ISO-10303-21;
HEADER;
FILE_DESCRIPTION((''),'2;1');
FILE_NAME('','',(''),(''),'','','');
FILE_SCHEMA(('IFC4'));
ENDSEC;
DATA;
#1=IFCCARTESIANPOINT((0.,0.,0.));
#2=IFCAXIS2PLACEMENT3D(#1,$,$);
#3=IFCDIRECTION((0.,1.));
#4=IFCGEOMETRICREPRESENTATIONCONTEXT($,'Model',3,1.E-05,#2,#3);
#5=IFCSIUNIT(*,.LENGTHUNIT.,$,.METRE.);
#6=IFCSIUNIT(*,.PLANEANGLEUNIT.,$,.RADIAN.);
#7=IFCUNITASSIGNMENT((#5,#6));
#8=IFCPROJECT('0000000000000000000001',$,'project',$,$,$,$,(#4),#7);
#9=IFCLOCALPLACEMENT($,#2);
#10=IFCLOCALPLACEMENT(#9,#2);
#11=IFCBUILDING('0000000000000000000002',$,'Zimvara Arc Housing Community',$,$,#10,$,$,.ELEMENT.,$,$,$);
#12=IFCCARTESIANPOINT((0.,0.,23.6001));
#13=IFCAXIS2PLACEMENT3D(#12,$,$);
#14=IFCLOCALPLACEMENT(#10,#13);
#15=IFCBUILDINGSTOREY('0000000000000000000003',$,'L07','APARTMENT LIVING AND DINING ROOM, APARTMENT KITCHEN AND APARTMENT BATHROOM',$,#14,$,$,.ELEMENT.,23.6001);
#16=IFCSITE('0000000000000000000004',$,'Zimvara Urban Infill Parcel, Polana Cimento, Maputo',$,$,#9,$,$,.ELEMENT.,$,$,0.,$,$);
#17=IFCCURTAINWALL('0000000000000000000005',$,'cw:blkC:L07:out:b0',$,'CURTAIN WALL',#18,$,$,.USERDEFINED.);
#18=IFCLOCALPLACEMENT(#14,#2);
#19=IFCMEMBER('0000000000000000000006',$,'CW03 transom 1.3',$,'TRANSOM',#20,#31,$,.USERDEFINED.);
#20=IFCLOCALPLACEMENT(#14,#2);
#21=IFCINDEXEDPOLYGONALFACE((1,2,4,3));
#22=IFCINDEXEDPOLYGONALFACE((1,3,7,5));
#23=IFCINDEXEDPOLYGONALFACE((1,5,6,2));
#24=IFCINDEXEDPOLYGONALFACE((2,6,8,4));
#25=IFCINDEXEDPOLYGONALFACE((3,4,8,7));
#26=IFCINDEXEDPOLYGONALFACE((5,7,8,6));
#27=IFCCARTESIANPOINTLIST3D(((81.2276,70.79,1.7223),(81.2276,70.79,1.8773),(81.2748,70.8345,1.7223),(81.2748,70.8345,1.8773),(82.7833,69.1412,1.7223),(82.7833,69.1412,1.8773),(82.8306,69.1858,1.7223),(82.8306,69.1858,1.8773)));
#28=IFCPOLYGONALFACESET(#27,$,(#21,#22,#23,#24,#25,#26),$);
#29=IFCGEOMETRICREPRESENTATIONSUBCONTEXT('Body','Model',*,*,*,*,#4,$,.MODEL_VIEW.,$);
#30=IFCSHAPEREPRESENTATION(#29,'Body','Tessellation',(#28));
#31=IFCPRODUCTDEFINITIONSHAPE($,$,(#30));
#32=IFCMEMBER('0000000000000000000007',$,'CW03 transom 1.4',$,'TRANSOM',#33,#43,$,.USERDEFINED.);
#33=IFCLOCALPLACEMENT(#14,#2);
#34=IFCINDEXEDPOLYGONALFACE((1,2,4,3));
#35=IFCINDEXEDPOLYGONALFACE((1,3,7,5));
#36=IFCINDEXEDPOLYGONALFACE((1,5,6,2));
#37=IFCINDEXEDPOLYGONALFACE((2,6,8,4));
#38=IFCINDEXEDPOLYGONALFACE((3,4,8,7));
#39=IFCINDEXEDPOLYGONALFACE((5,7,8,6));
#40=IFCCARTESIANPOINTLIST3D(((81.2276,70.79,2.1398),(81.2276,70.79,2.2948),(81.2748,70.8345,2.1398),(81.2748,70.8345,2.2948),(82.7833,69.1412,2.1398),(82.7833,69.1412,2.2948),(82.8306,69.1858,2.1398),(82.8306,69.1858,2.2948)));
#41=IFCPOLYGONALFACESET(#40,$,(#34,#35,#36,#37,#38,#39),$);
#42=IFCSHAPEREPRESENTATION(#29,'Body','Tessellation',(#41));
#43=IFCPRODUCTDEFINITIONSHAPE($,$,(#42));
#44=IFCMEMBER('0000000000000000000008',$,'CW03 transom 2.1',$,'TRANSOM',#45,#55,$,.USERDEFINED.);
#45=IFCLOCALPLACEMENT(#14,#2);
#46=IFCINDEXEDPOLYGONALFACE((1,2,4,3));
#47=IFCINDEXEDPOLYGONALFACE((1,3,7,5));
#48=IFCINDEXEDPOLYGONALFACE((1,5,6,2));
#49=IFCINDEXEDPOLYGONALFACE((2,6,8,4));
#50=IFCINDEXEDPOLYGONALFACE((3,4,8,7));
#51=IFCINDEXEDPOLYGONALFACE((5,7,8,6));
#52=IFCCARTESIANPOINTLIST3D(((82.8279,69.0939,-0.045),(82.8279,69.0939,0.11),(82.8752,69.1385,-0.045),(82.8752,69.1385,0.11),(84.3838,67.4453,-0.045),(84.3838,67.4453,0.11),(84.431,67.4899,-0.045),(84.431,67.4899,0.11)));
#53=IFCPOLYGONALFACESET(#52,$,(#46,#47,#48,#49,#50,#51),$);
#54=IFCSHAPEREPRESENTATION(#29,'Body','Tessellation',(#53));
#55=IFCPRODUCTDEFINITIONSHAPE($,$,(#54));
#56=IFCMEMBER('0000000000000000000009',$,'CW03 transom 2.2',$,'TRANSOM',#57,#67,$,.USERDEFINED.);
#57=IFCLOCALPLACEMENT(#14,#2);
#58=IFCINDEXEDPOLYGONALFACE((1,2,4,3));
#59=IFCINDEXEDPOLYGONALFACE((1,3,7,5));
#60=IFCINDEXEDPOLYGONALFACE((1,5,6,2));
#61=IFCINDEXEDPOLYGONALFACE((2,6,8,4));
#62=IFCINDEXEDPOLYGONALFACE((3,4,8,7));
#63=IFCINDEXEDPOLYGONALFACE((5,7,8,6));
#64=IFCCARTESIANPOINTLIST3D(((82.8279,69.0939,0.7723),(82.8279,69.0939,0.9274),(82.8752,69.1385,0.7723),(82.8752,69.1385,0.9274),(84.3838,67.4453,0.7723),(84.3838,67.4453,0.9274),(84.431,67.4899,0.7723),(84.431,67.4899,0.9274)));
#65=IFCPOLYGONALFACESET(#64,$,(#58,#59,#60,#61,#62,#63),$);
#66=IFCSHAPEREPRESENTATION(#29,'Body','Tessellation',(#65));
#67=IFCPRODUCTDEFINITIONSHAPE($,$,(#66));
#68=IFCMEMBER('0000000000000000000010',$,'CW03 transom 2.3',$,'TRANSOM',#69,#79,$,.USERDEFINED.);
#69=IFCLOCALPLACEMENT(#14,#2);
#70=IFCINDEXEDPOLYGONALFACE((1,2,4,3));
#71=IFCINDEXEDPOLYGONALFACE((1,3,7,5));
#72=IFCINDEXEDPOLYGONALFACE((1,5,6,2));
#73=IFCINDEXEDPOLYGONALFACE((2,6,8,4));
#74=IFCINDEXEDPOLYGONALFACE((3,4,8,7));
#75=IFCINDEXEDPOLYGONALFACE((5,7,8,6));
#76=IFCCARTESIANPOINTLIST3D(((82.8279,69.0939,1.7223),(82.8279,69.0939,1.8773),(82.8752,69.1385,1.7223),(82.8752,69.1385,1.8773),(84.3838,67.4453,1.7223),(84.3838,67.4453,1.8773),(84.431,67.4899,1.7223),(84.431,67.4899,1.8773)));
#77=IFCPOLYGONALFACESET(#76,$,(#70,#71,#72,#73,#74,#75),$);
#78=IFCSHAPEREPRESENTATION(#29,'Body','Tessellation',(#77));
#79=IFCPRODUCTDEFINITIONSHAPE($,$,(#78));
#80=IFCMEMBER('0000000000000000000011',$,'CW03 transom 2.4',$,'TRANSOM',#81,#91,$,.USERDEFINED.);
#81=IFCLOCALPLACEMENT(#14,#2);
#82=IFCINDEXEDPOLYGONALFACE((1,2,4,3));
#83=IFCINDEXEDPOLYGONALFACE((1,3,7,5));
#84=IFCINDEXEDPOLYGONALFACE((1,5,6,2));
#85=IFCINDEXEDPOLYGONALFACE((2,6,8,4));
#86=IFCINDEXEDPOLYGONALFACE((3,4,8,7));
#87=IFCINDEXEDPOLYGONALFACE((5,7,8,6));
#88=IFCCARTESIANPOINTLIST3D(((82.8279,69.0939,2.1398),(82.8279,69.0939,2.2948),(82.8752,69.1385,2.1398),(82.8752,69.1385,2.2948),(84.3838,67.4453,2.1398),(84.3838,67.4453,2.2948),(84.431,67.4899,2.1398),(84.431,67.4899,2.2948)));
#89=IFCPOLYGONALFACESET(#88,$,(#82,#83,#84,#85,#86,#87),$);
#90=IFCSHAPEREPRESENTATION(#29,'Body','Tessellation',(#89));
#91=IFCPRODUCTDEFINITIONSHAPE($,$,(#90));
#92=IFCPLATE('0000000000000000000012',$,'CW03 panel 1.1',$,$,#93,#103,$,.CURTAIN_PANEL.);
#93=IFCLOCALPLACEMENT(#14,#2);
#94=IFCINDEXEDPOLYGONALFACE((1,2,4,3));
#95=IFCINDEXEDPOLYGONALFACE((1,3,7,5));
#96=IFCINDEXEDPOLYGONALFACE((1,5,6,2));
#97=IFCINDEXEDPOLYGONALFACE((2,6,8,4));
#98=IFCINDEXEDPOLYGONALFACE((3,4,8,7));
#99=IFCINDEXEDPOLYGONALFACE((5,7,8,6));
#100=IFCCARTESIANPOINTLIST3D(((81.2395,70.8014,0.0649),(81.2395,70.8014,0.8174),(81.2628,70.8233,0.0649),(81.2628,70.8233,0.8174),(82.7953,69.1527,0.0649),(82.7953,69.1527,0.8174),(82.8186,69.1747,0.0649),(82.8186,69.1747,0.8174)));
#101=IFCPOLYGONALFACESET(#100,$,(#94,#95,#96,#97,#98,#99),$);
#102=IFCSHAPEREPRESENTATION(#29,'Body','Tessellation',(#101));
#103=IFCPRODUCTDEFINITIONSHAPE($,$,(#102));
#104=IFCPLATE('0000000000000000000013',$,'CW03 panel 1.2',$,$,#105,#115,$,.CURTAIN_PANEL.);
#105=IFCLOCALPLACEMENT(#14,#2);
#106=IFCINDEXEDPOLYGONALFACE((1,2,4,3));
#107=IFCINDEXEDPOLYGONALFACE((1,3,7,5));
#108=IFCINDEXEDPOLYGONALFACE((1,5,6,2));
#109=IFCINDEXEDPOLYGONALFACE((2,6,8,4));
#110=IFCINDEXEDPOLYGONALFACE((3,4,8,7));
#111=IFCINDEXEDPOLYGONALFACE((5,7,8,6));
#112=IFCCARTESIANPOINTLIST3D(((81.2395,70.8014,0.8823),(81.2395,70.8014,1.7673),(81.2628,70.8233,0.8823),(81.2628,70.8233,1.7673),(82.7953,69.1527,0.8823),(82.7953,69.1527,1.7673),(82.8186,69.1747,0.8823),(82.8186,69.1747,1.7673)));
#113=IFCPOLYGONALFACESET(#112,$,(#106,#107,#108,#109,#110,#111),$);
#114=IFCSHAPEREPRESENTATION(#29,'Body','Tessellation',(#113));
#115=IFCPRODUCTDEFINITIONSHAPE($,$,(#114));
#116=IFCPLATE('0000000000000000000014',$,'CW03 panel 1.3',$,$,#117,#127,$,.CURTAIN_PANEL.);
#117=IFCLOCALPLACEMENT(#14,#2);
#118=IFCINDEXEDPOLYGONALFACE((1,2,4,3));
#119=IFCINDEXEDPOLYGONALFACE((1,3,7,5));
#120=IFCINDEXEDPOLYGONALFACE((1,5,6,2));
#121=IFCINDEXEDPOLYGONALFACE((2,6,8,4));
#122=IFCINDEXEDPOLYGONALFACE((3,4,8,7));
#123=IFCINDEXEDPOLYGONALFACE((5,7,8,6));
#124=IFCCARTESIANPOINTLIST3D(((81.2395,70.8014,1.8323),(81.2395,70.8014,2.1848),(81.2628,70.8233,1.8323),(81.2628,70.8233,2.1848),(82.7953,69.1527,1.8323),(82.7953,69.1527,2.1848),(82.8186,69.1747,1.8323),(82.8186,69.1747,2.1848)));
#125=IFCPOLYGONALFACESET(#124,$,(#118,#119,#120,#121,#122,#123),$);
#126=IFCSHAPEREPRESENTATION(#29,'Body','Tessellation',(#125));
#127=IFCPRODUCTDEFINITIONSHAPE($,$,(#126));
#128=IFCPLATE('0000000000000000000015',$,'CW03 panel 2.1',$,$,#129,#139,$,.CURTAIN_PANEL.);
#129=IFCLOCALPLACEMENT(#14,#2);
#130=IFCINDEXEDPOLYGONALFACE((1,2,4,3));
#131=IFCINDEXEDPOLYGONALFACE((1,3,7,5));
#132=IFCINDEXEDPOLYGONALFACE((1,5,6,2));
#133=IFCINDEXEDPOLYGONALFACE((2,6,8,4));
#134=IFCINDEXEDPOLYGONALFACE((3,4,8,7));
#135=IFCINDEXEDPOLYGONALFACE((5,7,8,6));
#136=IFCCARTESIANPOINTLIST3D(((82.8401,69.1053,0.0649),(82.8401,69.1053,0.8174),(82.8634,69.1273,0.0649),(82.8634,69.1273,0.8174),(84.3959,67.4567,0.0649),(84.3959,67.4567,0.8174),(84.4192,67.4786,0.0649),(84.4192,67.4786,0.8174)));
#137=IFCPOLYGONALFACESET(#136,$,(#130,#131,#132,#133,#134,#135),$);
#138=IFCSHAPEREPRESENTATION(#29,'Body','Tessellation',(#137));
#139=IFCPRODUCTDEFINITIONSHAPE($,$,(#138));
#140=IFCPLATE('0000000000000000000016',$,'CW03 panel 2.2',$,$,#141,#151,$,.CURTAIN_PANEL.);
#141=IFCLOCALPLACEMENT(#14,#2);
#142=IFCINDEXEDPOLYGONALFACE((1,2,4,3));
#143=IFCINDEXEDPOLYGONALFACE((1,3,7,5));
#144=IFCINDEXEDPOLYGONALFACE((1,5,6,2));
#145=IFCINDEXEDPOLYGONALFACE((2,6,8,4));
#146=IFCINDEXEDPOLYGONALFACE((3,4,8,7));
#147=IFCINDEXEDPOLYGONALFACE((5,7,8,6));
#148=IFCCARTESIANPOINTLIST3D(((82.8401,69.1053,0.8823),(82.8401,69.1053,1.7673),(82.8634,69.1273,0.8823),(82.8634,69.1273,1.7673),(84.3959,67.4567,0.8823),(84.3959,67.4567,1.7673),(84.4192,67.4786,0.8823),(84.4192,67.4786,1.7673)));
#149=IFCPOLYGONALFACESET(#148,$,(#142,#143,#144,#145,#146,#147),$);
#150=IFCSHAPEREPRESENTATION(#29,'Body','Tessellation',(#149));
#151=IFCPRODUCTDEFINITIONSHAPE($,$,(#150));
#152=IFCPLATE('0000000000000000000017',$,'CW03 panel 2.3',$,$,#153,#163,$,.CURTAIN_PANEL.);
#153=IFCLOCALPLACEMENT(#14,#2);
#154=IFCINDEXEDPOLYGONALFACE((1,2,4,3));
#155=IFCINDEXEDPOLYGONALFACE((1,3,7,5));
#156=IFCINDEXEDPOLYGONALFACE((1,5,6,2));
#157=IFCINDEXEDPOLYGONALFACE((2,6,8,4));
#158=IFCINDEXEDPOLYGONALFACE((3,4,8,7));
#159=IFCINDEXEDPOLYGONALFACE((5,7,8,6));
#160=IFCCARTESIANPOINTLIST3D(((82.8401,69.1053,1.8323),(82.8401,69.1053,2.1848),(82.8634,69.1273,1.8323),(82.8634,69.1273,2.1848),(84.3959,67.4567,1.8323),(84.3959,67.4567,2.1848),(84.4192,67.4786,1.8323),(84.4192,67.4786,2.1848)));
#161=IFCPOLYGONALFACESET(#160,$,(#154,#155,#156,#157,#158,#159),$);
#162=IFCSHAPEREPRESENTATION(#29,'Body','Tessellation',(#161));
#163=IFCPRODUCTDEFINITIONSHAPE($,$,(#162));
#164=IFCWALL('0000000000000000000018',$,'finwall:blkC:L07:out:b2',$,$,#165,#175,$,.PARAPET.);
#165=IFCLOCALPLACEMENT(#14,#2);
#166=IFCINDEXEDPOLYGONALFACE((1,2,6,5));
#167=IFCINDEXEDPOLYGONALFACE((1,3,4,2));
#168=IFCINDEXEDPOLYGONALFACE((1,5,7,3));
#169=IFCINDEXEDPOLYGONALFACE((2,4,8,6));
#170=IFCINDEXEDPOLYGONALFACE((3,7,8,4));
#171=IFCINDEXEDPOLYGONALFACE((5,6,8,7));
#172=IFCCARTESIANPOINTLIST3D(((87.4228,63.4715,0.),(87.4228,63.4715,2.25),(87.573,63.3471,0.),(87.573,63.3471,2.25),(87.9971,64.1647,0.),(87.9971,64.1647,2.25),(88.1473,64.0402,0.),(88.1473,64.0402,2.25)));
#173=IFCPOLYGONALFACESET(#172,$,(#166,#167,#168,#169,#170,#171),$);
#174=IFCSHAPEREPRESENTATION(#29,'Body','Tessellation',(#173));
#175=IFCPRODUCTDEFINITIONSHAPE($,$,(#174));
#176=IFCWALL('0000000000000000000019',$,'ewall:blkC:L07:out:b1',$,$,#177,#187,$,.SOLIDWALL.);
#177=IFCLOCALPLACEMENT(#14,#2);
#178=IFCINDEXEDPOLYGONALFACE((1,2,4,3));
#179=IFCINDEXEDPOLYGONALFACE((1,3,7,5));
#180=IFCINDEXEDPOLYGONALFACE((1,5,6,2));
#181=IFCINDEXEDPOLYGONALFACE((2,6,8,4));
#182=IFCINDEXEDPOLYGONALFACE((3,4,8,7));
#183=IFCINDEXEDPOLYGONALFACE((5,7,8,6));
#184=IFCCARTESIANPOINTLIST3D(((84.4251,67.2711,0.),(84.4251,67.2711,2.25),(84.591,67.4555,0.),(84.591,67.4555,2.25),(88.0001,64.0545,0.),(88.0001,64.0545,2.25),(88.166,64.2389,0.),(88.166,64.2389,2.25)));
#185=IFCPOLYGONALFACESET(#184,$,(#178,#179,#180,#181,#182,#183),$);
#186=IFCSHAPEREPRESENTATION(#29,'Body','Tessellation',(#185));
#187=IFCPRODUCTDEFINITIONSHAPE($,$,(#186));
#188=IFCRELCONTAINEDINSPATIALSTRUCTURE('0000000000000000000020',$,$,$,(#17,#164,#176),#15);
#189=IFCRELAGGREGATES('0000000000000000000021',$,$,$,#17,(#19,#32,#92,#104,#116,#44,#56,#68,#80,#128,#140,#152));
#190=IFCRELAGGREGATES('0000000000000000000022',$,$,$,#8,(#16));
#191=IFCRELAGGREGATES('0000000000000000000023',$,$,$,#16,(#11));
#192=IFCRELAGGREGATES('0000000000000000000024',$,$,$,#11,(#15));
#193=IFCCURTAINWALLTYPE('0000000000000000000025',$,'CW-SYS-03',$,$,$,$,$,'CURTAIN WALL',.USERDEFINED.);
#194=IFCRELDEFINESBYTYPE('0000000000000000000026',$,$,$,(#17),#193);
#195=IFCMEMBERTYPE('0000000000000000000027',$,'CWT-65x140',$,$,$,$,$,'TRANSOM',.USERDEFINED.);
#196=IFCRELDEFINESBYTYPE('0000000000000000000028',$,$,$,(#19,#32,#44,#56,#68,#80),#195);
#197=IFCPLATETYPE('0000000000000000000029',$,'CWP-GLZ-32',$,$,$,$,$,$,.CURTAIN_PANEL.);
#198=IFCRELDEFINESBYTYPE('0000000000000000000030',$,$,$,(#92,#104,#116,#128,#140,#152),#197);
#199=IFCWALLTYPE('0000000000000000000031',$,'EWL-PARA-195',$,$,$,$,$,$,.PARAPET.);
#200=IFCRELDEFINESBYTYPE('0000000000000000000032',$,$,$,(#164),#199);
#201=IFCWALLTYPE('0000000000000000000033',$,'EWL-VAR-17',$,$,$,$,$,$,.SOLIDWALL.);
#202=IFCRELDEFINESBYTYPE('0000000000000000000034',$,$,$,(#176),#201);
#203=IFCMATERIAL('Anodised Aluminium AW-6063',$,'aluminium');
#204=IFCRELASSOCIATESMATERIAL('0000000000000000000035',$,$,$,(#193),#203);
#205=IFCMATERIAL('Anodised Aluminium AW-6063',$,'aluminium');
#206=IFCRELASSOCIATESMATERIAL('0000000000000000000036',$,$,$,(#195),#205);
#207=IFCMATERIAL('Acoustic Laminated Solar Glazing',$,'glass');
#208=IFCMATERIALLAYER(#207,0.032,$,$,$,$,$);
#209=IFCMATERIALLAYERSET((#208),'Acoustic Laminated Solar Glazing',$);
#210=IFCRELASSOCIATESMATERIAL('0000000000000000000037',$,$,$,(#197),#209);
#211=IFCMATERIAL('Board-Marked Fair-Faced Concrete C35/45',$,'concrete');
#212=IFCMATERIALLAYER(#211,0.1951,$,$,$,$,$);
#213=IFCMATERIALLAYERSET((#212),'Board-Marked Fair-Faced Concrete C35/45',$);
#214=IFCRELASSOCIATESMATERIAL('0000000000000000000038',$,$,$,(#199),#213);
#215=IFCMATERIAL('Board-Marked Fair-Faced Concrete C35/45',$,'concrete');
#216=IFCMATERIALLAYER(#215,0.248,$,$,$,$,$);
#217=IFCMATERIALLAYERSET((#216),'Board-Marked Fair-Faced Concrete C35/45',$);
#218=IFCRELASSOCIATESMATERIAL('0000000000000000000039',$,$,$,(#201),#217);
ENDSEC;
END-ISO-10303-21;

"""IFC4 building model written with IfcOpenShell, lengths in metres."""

from ifc_helpers import new_model, si_unit, direction, frame, frame_2d, origin, origin_2d, place, context, subcontext, project, spatial, rectangle, extrude, material, layer, layer_set, material_profile, profile_set, type_object, element, aggregate, save


model = new_model("IFC4")

# Units and contexts
model_context = context("Model", 3, precision=1e-05, world=origin(), true_north=direction((0.0, 1.0)))
body_context = subcontext(model_context, "Body", "Model", "MODEL_VIEW")
ifc_project = project(units=[si_unit("LENGTHUNIT", "METRE"), si_unit("PLANEANGLEUNIT", "RADIAN")], contexts=[model_context])

# Site, building, storey
site_placement = place(None, origin())
site = spatial("IfcSite", under=ifc_project, at=site_placement, Name="Zimvara Urban Infill Parcel, Polana Cimento, Maputo", CompositionType="ELEMENT", RefElevation=0.0)
building_placement = place(site_placement, origin())
building = spatial("IfcBuilding", under=site, at=building_placement, Name="Zimvara Arc Housing Community", CompositionType="ELEMENT")
storey_placement = place(building_placement, frame((0.0, 0.0, 23.6001)))
storey = spatial("IfcBuildingStorey", under=building, at=storey_placement, Name="L07", Description="APARTMENT LIVING AND DINING ROOM, APARTMENT KITCHEN AND APARTMENT BATHROOM", CompositionType="ELEMENT", Elevation=23.6001)

# Curtain wall, members, plates
ifc_material_1 = material(Name="Anodised Aluminium AW-6063", Category="aluminium")
curtain_wall_type_1 = type_object("IfcCurtainWallType", Name="CW-SYS-03", ElementType="CURTAIN WALL", PredefinedType="USERDEFINED", material=ifc_material_1)
curtain_wall_1_placement = place(storey_placement, origin())
curtain_wall_1 = element("IfcCurtainWall", 1, at=curtain_wall_1_placement, inside=storey, type_object=curtain_wall_type_1, Name="cw:blkC:L07:out:b0", ObjectType="CURTAIN WALL", PredefinedType="USERDEFINED")
ifc_material_2 = material(Name="Anodised Aluminium AW-6063", Category="aluminium")
ifc_material_profile_1 = material_profile(ifc_material_2, rectangle(XDim=0.0649, YDim=0.155, at=origin_2d()), Name="ALU 65x155")
ifc_profile_set_1 = profile_set([ifc_material_profile_1], Name="Anodised Aluminium AW-6063")
member_type_1 = type_object("IfcMemberType", Name="CWT-65x140", ElementType="TRANSOM", PredefinedType="USERDEFINED", material=ifc_profile_set_1)
member_1_placement = place(storey_placement, frame((81.2512, 70.8123, 1.7998), z_axis=(0.686291, -0.727327, 0.0), x_axis=(0.727327, 0.686291, 0.0)))
member_1 = element("IfcMember", 2, at=member_1_placement, type_object=member_type_1, Name="CW03 transom 1.3", ObjectType="TRANSOM", PredefinedType="USERDEFINED", context=body_context, shape_type="SweptSolid", body=[
    extrude(rectangle(XDim=0.0649, YDim=0.155, at=origin_2d()), origin(), (0.0, 0.0, 1.0), 2.2668),
])
member_2_placement = place(storey_placement, frame((81.2512, 70.8123, 2.2173), z_axis=(0.686291, -0.727327, 0.0), x_axis=(0.727327, 0.686291, 0.0)))
member_2 = element("IfcMember", 3, at=member_2_placement, type_object=member_type_1, Name="CW03 transom 1.4", ObjectType="TRANSOM", PredefinedType="USERDEFINED", context=body_context, shape_type="SweptSolid", body=[
    extrude(rectangle(XDim=0.0649, YDim=0.155, at=origin_2d()), origin(), (0.0, 0.0, 1.0), 2.2668),
])
member_3_placement = place(storey_placement, frame((82.8516, 69.1162, 0.0325), z_axis=(0.686348, -0.727273, 0.0), x_axis=(0.727273, 0.686348, 0.0)))
member_3 = element("IfcMember", 4, at=member_3_placement, type_object=member_type_1, Name="CW03 transom 2.1", ObjectType="TRANSOM", PredefinedType="USERDEFINED", context=body_context, shape_type="SweptSolid", body=[
    extrude(rectangle(XDim=0.0649, YDim=0.155, at=origin_2d()), origin(), (0.0, 0.0, 1.0), 2.2668),
])
member_4_placement = place(storey_placement, frame((82.8516, 69.1162, 0.8499), z_axis=(0.686348, -0.727273, 0.0), x_axis=(0.727273, 0.686348, 0.0)))
member_4 = element("IfcMember", 5, at=member_4_placement, type_object=member_type_1, Name="CW03 transom 2.2", ObjectType="TRANSOM", PredefinedType="USERDEFINED", context=body_context, shape_type="SweptSolid", body=[
    extrude(rectangle(XDim=0.0649, YDim=0.155, at=origin_2d()), origin(), (0.0, 0.0, 1.0), 2.2668),
])
member_5_placement = place(storey_placement, frame((82.8516, 69.1162, 1.7998), z_axis=(0.686348, -0.727273, 0.0), x_axis=(0.727273, 0.686348, 0.0)))
member_5 = element("IfcMember", 6, at=member_5_placement, type_object=member_type_1, Name="CW03 transom 2.3", ObjectType="TRANSOM", PredefinedType="USERDEFINED", context=body_context, shape_type="SweptSolid", body=[
    extrude(rectangle(XDim=0.0649, YDim=0.155, at=origin_2d()), origin(), (0.0, 0.0, 1.0), 2.2668),
])
member_6_placement = place(storey_placement, frame((82.8516, 69.1162, 2.2173), z_axis=(0.686348, -0.727273, 0.0), x_axis=(0.727273, 0.686348, 0.0)))
member_6 = element("IfcMember", 7, at=member_6_placement, type_object=member_type_1, Name="CW03 transom 2.4", ObjectType="TRANSOM", PredefinedType="USERDEFINED", context=body_context, shape_type="SweptSolid", body=[
    extrude(rectangle(XDim=0.0649, YDim=0.155, at=origin_2d()), origin(), (0.0, 0.0, 1.0), 2.2668),
])
ifc_material_3 = material(Name="Acoustic Laminated Solar Glazing", Category="glass")
ifc_layer_1 = layer(ifc_material_3, 0.032)
ifc_layer_set_1 = layer_set([ifc_layer_1], Name="Acoustic Laminated Solar Glazing")
plate_type = type_object("IfcPlateType", Name="CWP-GLZ-32", PredefinedType="CURTAIN_PANEL", material=ifc_layer_set_1)
plate_1_placement = place(storey_placement, frame((82.0291, 69.988, 0.0649), z_axis=(0.0, 0.0, 1.0), x_axis=(0.686326, -0.727294, 0.0)))
plate_1 = element("IfcPlate", 8, at=plate_1_placement, type_object=plate_type, Name="CW03 panel 1.1", PredefinedType="CURTAIN_PANEL", context=body_context, shape_type="SweptSolid", body=[
    extrude(rectangle(XDim=2.2668, YDim=0.032, at=origin_2d()), origin(), (0.0, 0.0, 1.0), 0.7524),
])
plate_2_placement = place(storey_placement, frame((82.0291, 69.988, 0.8823), z_axis=(0.0, 0.0, 1.0), x_axis=(0.686326, -0.727294, 0.0)))
plate_2 = element("IfcPlate", 9, at=plate_2_placement, type_object=plate_type, Name="CW03 panel 1.2", PredefinedType="CURTAIN_PANEL", context=body_context, shape_type="SweptSolid", body=[
    extrude(rectangle(XDim=2.2668, YDim=0.032, at=origin_2d()), origin(), (0.0, 0.0, 1.0), 0.885),
])
plate_3_placement = place(storey_placement, frame((82.0291, 69.988, 1.8323), z_axis=(0.0, 0.0, 1.0), x_axis=(0.686326, -0.727294, 0.0)))
plate_3 = element("IfcPlate", 10, at=plate_3_placement, type_object=plate_type, Name="CW03 panel 1.3", PredefinedType="CURTAIN_PANEL", context=body_context, shape_type="SweptSolid", body=[
    extrude(rectangle(XDim=2.2668, YDim=0.032, at=origin_2d()), origin(), (0.0, 0.0, 1.0), 0.3525),
])
plate_4_placement = place(storey_placement, frame((83.6296, 68.292, 0.0649), z_axis=(0.0, 0.0, 1.0), x_axis=(0.686326, -0.727294, 0.0)))
plate_4 = element("IfcPlate", 11, at=plate_4_placement, type_object=plate_type, Name="CW03 panel 2.1", PredefinedType="CURTAIN_PANEL", context=body_context, shape_type="SweptSolid", body=[
    extrude(rectangle(XDim=2.2668, YDim=0.032, at=origin_2d()), origin(), (0.0, 0.0, 1.0), 0.7524),
])
plate_5_placement = place(storey_placement, frame((83.6296, 68.292, 0.8823), z_axis=(0.0, 0.0, 1.0), x_axis=(0.686326, -0.727294, 0.0)))
plate_5 = element("IfcPlate", 12, at=plate_5_placement, type_object=plate_type, Name="CW03 panel 2.2", PredefinedType="CURTAIN_PANEL", context=body_context, shape_type="SweptSolid", body=[
    extrude(rectangle(XDim=2.2668, YDim=0.032, at=origin_2d()), origin(), (0.0, 0.0, 1.0), 0.885),
])
plate_6_placement = place(storey_placement, frame((83.6296, 68.292, 1.8323), z_axis=(0.0, 0.0, 1.0), x_axis=(0.686326, -0.727294, 0.0)))
plate_6 = element("IfcPlate", 13, at=plate_6_placement, type_object=plate_type, Name="CW03 panel 2.3", PredefinedType="CURTAIN_PANEL", context=body_context, shape_type="SweptSolid", body=[
    extrude(rectangle(XDim=2.2668, YDim=0.032, at=origin_2d()), origin(), (0.0, 0.0, 1.0), 0.3525),
])
aggregate(curtain_wall_1, [member_1, member_2, plate_1, plate_2, plate_3, member_3, member_4, member_5, member_6, plate_4, plate_5, plate_6])

# Walls
ifc_material_4 = material(Name="Board-Marked Fair-Faced Concrete C35/45", Category="concrete")
ifc_layer_2 = layer(ifc_material_4, 0.1951)
ifc_layer_set_2 = layer_set([ifc_layer_2], Name="Board-Marked Fair-Faced Concrete C35/45")
wall_type_1 = type_object("IfcWallType", Name="EWL-PARA-195", PredefinedType="PARAPET", material=ifc_layer_set_2)
wall_1_placement = place(storey_placement, frame((88.0723, 64.1025, 0.0), z_axis=(0.0, 0.0, 1.0), x_axis=(-0.637967, -0.770063, 0.0)))
element("IfcWall", 14, at=wall_1_placement, inside=storey, type_object=wall_type_1, Name="finwall:blkC:L07:out:b2", PredefinedType="PARAPET", context=body_context, shape_type="SweptSolid", body=[
    extrude(rectangle(XDim=0.9001, YDim=0.1951, at=frame_2d((0.4502, 0.0))), origin(), (0.0, 0.0, 1.0), 2.25),
])
ifc_material_5 = material(Name="Board-Marked Fair-Faced Concrete C35/45", Category="concrete")
ifc_layer_3 = layer(ifc_material_5, 0.248)
ifc_layer_set_3 = layer_set([ifc_layer_3], Name="Board-Marked Fair-Faced Concrete C35/45")
wall_type_2 = type_object("IfcWallType", Name="EWL-VAR-17", PredefinedType="SOLIDWALL", material=ifc_layer_set_3)
wall_2_placement = place(storey_placement, frame((84.5081, 67.3633, 0.0), z_axis=(0.0, 0.0, 1.0), x_axis=(0.743388, -0.668861, 0.0)))
element("IfcWall", 15, at=wall_2_placement, inside=storey, type_object=wall_type_2, Name="ewall:blkC:L07:out:b1", PredefinedType="SOLIDWALL", context=body_context, shape_type="SweptSolid", body=[
    extrude(rectangle(XDim=4.8091, YDim=0.248, at=frame_2d((2.4045, 0.0))), origin(), (0.0, 0.0, 1.0), 2.25),
])

save(model, "model.ifc")
